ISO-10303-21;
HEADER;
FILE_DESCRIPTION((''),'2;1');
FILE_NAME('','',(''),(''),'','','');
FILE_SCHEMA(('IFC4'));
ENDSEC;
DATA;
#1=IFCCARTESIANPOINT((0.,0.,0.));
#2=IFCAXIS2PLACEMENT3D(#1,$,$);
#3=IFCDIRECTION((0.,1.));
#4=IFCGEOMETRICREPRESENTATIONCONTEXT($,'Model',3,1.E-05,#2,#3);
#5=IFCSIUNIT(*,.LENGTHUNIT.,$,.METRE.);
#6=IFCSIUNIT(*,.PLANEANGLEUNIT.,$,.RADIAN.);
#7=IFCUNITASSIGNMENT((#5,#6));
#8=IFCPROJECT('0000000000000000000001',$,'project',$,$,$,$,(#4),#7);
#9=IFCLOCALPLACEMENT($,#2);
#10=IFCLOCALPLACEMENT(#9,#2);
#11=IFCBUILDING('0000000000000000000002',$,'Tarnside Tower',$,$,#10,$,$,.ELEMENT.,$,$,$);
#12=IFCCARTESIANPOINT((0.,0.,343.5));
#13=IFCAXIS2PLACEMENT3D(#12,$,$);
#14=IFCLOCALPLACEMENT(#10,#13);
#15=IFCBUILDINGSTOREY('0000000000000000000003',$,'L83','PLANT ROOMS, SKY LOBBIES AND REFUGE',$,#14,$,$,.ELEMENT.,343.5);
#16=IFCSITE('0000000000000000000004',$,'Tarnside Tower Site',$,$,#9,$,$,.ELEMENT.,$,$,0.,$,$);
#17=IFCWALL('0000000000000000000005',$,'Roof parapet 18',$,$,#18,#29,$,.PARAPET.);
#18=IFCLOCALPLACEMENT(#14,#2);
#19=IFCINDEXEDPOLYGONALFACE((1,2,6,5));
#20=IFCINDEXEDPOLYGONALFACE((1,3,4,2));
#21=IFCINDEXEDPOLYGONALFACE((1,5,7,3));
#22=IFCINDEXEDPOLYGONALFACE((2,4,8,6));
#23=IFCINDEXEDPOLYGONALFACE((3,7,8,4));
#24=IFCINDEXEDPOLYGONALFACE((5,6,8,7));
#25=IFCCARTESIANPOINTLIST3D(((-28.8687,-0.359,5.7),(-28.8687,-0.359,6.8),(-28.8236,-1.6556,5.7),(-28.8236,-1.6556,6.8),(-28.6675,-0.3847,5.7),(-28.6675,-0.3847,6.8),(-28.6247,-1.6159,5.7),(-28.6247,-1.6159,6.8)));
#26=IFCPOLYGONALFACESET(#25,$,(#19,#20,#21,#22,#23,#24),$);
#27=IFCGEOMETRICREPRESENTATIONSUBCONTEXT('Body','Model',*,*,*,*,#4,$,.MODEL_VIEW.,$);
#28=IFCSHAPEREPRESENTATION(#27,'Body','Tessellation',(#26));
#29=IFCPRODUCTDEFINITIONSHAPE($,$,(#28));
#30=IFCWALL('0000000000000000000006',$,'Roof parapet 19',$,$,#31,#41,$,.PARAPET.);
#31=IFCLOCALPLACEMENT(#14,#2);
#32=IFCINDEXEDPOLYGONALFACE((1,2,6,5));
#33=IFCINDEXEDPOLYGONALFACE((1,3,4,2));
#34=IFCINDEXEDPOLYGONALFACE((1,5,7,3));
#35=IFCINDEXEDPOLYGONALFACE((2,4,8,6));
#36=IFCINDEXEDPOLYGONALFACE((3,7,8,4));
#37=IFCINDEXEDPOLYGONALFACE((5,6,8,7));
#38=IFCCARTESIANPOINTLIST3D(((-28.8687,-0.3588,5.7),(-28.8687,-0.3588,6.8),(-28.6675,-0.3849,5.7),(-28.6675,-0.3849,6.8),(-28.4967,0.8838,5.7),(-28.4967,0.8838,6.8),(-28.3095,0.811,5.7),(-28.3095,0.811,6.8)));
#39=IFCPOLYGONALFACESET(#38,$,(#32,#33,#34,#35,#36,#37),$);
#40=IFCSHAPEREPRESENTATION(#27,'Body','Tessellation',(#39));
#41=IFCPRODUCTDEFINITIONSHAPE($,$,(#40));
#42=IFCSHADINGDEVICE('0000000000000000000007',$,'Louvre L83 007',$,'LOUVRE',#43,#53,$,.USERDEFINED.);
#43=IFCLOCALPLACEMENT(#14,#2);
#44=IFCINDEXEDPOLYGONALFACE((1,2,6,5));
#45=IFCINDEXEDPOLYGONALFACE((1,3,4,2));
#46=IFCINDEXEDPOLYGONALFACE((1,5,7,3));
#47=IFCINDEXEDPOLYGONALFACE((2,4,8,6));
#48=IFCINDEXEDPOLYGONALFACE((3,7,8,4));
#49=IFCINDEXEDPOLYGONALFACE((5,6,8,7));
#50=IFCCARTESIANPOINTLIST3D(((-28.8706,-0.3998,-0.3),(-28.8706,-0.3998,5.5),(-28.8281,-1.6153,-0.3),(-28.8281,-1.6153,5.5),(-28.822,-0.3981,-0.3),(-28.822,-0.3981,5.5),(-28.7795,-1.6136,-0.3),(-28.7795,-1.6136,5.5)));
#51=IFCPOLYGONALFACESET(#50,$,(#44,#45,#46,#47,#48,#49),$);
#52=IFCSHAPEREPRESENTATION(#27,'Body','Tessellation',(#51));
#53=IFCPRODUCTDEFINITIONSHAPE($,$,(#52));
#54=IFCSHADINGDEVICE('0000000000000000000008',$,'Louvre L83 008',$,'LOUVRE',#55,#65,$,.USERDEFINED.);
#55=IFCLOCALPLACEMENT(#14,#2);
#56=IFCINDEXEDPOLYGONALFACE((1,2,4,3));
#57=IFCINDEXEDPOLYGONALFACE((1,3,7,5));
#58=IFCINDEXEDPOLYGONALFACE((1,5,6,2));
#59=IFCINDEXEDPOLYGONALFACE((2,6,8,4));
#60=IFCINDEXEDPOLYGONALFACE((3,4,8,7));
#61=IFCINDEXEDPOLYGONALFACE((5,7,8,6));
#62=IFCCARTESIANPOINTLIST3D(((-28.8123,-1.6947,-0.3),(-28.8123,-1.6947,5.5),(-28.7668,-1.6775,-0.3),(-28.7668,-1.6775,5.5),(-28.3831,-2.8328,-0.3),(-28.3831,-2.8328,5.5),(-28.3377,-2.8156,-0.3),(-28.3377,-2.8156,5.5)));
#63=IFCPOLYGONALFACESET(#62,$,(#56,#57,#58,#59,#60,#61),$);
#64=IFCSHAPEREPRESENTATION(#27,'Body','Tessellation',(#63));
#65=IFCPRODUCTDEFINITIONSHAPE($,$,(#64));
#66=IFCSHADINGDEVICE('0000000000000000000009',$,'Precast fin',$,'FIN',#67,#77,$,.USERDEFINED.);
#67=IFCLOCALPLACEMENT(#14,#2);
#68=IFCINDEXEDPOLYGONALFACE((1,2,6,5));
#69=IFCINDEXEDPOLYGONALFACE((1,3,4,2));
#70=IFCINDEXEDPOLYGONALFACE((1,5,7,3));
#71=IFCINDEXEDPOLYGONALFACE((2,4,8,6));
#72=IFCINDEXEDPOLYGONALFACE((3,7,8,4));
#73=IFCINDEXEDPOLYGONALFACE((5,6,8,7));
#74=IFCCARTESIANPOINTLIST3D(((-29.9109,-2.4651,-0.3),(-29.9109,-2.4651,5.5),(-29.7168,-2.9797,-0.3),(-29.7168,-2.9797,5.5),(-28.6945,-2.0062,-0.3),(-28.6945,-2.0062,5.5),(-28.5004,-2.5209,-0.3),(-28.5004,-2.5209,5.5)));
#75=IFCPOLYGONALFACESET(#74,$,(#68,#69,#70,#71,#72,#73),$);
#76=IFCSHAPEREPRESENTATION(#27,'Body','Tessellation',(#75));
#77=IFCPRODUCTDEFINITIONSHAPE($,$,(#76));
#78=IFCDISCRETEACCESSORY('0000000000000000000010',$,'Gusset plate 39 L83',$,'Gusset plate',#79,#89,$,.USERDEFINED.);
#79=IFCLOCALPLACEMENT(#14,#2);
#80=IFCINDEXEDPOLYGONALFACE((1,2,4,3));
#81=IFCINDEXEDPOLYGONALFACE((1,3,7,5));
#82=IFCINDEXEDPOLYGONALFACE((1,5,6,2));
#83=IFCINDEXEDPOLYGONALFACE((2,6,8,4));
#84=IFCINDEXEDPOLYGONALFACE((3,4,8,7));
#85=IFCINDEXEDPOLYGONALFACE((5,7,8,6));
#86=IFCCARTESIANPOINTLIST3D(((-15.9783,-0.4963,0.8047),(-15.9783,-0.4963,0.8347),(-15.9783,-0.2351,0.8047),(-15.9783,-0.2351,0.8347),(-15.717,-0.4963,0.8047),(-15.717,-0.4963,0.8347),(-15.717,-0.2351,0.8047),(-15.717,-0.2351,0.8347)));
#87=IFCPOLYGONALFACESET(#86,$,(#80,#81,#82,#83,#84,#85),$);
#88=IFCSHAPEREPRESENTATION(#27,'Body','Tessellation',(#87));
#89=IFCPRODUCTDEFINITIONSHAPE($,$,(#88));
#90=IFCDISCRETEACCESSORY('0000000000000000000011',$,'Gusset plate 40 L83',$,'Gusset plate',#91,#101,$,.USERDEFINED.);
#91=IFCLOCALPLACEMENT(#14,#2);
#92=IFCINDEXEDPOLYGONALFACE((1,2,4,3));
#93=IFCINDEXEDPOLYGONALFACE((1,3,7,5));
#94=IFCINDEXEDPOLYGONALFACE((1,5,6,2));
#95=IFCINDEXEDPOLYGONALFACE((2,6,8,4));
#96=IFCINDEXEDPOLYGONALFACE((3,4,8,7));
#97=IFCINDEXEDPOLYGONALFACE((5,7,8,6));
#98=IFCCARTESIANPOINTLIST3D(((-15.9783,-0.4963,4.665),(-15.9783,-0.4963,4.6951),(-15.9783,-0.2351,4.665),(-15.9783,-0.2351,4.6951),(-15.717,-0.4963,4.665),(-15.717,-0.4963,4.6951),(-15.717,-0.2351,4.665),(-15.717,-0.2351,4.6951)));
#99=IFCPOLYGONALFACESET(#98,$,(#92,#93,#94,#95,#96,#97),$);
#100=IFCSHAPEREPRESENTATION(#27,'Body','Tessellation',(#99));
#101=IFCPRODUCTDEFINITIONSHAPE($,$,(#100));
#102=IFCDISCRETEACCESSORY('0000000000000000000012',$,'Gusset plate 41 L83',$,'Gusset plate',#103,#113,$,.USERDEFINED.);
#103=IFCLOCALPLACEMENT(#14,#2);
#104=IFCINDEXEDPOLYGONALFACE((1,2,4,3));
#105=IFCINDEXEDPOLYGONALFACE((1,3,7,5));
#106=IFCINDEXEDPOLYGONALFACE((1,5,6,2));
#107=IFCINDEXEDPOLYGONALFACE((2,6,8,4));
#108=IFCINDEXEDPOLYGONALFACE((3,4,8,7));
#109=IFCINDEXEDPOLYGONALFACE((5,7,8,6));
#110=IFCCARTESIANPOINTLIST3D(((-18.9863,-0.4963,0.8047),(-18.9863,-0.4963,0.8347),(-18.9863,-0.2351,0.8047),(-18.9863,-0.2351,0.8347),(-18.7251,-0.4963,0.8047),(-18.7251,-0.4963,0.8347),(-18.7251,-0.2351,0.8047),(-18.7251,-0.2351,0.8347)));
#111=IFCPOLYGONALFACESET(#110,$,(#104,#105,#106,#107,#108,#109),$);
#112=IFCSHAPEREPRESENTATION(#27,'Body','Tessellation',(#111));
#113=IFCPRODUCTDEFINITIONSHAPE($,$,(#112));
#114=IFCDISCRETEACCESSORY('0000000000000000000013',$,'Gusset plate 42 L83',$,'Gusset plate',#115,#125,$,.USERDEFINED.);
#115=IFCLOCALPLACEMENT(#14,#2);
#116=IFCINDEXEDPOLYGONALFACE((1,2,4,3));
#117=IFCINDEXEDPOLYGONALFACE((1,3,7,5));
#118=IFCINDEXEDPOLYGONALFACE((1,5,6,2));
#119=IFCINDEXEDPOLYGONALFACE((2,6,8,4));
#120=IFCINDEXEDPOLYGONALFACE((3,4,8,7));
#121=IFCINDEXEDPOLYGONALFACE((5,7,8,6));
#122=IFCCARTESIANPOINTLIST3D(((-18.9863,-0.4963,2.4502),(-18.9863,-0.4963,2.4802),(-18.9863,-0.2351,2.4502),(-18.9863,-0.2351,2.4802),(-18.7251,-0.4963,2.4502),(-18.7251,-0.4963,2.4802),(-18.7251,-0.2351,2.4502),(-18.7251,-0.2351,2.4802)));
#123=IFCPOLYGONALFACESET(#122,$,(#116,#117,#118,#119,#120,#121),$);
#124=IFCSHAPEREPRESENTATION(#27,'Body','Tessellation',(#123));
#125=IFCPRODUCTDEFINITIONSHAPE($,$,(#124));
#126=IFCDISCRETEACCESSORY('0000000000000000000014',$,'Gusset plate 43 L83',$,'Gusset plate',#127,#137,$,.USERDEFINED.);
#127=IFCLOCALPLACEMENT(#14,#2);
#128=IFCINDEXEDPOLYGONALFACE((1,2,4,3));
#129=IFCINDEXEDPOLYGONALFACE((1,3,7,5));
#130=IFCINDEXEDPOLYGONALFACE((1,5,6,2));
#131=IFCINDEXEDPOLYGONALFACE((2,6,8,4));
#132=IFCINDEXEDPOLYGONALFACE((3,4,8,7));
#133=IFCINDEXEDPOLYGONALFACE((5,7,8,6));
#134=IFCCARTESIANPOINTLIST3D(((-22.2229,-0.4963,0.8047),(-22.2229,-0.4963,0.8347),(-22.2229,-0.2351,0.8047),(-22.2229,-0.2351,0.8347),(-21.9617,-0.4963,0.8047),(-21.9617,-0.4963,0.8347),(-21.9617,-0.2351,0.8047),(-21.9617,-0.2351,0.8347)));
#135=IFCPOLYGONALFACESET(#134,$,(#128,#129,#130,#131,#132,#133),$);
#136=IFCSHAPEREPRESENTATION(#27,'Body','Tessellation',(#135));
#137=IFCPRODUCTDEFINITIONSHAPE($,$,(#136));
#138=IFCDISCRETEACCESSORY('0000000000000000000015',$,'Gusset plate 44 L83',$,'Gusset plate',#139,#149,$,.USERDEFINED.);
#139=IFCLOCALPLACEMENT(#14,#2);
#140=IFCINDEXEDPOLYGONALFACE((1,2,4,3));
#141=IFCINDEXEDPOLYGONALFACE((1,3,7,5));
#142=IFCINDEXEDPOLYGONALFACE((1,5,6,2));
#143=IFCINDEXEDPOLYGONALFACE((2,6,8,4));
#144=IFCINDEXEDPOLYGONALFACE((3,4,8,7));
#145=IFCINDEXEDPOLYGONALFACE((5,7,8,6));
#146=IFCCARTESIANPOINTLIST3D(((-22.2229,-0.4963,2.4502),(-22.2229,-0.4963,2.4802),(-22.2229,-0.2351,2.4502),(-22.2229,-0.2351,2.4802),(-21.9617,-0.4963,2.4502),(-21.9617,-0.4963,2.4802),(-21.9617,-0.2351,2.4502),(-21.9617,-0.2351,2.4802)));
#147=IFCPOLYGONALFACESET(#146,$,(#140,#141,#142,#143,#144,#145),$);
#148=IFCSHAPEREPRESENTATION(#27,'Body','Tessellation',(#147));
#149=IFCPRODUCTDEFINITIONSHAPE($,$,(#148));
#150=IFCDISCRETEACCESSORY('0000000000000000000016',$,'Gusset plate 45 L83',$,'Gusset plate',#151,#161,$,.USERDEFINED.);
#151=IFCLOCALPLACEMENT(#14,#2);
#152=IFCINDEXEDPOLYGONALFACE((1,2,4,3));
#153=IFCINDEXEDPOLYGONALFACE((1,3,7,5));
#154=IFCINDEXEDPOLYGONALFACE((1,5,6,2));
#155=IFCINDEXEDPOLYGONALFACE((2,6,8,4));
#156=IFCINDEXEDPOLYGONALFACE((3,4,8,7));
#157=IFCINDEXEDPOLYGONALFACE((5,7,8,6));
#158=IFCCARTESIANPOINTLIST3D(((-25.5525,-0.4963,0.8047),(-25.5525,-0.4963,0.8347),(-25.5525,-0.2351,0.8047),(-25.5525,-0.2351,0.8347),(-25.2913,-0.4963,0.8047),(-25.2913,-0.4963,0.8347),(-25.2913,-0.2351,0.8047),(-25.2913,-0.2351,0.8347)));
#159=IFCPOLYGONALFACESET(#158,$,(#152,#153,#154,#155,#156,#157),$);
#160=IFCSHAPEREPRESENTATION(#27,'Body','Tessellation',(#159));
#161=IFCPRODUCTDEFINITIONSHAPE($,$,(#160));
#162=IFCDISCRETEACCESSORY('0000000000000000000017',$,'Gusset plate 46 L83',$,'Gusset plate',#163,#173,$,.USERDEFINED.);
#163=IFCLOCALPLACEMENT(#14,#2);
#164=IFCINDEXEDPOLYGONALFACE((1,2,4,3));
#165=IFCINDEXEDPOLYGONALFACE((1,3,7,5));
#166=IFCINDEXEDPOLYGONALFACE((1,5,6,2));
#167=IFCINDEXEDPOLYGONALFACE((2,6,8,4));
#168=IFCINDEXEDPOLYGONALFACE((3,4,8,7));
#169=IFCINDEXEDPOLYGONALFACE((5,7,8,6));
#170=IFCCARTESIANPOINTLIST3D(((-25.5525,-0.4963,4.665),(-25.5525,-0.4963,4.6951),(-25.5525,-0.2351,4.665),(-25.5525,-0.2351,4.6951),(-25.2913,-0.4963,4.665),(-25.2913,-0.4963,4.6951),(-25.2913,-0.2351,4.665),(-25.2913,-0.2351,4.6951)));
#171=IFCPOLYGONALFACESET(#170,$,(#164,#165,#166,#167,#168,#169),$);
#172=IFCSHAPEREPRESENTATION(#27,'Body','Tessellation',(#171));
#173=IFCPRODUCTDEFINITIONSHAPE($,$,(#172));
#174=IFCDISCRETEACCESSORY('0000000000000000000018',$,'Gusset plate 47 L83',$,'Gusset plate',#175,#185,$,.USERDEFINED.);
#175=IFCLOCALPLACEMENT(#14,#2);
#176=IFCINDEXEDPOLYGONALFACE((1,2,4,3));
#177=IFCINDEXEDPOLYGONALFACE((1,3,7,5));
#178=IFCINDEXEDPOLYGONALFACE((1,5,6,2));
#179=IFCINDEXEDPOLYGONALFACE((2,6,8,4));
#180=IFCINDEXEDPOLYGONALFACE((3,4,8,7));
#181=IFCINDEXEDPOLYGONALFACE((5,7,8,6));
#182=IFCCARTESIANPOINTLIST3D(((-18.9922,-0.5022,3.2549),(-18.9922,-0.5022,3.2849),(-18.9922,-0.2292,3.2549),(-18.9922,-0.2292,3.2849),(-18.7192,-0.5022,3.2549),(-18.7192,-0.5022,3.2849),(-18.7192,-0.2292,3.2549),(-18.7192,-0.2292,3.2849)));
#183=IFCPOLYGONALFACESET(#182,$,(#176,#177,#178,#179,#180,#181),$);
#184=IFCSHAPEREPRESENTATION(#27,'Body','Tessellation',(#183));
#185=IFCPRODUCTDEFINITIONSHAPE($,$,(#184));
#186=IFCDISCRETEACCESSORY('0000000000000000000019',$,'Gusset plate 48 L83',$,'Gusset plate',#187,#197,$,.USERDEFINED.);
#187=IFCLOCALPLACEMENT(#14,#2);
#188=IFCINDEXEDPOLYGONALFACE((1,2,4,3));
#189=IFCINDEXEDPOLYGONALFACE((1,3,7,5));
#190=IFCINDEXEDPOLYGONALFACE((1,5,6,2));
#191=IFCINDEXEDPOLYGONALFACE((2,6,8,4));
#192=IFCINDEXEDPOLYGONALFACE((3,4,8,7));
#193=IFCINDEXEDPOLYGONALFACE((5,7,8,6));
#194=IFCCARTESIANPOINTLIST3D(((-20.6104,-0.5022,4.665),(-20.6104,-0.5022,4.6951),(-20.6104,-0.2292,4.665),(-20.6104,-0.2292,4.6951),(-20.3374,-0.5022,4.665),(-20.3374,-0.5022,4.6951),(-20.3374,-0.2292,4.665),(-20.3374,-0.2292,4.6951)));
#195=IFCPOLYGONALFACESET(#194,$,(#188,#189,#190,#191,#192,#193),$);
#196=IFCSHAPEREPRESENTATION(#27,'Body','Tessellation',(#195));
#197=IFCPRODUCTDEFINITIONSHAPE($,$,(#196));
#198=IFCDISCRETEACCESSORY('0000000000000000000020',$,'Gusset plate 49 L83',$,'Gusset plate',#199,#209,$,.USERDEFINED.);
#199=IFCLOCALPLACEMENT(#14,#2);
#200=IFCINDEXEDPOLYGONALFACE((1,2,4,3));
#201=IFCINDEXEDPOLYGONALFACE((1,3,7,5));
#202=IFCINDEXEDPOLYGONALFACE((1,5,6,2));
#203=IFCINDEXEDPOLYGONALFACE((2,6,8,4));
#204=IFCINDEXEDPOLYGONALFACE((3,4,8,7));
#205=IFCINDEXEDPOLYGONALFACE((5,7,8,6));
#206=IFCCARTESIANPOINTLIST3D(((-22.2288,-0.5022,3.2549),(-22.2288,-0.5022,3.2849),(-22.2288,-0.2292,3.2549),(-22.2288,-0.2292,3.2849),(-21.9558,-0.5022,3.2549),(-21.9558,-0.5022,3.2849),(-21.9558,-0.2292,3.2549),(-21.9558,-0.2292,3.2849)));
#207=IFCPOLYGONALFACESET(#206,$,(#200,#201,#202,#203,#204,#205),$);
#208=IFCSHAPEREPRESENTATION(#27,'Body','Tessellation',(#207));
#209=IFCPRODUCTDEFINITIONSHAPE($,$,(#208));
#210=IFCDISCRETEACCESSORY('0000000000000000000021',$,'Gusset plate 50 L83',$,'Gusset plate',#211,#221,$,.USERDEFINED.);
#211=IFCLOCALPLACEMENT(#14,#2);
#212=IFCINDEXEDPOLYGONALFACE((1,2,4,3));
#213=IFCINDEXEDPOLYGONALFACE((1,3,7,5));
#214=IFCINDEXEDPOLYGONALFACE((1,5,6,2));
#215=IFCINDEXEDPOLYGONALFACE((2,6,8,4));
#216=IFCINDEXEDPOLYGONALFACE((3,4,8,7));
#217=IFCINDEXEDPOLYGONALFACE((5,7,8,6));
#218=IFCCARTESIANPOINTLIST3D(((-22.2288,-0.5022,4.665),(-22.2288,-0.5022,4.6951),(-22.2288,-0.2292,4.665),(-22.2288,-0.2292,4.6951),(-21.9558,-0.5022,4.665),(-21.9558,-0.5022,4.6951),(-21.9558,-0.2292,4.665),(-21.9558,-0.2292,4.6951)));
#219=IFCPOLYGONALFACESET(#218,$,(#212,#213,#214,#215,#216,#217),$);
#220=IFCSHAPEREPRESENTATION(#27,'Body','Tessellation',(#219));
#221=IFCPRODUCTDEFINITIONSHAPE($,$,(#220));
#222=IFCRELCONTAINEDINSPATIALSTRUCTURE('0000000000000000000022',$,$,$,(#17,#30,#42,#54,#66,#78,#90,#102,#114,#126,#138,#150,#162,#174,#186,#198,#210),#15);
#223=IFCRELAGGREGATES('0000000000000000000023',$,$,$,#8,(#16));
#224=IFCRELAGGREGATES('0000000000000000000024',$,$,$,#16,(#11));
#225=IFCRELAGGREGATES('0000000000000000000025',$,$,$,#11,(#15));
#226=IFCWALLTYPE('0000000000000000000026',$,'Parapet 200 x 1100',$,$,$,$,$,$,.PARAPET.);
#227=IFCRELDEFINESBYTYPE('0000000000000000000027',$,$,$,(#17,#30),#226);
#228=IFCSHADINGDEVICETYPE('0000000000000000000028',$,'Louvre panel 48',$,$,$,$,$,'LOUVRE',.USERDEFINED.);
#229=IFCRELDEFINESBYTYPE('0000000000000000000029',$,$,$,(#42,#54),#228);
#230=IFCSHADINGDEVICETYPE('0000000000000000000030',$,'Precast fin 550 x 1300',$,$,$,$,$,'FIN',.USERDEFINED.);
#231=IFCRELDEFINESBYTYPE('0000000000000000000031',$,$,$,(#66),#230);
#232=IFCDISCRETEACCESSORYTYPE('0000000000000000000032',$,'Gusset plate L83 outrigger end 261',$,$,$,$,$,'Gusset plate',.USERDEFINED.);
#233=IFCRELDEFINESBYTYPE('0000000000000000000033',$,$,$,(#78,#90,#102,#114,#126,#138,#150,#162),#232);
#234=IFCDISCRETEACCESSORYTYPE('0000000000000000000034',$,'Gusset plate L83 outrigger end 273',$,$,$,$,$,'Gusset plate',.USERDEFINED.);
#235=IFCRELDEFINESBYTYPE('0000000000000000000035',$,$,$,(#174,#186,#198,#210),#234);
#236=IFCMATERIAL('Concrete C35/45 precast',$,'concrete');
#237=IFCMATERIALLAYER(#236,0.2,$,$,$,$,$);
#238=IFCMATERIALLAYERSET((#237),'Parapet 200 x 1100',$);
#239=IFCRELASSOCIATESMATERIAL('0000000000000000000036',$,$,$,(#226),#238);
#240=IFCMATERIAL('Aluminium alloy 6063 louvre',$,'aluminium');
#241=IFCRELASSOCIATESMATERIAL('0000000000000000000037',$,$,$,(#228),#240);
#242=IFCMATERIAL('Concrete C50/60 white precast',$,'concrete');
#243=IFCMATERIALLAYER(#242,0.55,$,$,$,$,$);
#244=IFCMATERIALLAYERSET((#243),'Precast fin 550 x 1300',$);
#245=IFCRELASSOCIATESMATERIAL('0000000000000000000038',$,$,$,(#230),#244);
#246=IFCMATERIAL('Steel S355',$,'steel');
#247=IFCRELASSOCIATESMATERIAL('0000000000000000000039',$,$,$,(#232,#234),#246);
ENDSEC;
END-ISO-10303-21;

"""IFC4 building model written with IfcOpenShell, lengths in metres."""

from ifc_helpers import new_model, si_unit, direction, frame, origin, origin_2d, place, context, subcontext, project, spatial, polyline, rectangle, outline, extrude, material, layer, layer_set, type_object, element, save


model = new_model("IFC4")

# Units and contexts
model_context = context("Model", 3, precision=1e-05, world=origin(), true_north=direction((0.0, 1.0)))
body_context = subcontext(model_context, "Body", "Model", "MODEL_VIEW")
ifc_project = project(units=[si_unit("LENGTHUNIT", "METRE"), si_unit("PLANEANGLEUNIT", "RADIAN")], contexts=[model_context])

# Site, building, storey
site_placement = place(None, origin())
site = spatial("IfcSite", under=ifc_project, at=site_placement, Name="Tarnside Tower Site", CompositionType="ELEMENT", RefElevation=0.0)
building_placement = place(site_placement, origin())
building = spatial("IfcBuilding", under=site, at=building_placement, Name="Tarnside Tower", CompositionType="ELEMENT")
storey_placement = place(building_placement, frame((0.0, 0.0, 343.5)))
storey = spatial("IfcBuildingStorey", under=building, at=storey_placement, Name="L83", Description="PLANT ROOMS, SKY LOBBIES AND REFUGE", CompositionType="ELEMENT", Elevation=343.5)

# Shared definitions
ifc_material_1 = material(Name="Steel S355", Category="steel")

# Walls
ifc_material_2 = material(Name="Concrete C35/45 precast", Category="concrete")
ifc_layer_1 = layer(ifc_material_2, 0.2)
ifc_layer_set_1 = layer_set([ifc_layer_1], Name="Parapet 200 x 1100")
wall_type = type_object("IfcWallType", Name="Parapet 200 x 1100", PredefinedType="PARAPET", material=ifc_layer_set_1)
wall_1_placement = place(storey_placement, frame((-28.7241, -1.6357, 5.7), z_axis=(0.0, 0.0, 1.0), x_axis=(-0.034748, 0.999396, 0.0)))
element("IfcWall", 1, at=wall_1_placement, inside=storey, type_object=wall_type, Name="Roof parapet 18", PredefinedType="PARAPET", context=body_context, shape_type="SweptSolid", body=[
    extrude(outline(polyline([(0.0164, -0.1001), (1.2483, -0.1001), (1.281, 0.1001), (-0.0164, 0.1001), (0.0164, -0.1001)])), origin(), (0.0, 0.0, 1.0), 1.1001),
])
wall_2_placement = place(storey_placement, frame((-28.7681, -0.3718, 5.7), z_axis=(0.0, 0.0, 1.0), x_axis=(0.286785, 0.957995, 0.0)))
element("IfcWall", 2, at=wall_2_placement, inside=storey, type_object=wall_type, Name="Roof parapet 19", PredefinedType="PARAPET", context=body_context, shape_type="SweptSolid", body=[
    extrude(outline(polyline([(0.0164, -0.1001), (1.2646, -0.1001), (1.2808, 0.1001), (-0.0164, 0.1001), (0.0164, -0.1001)])), origin(), (0.0, 0.0, 1.0), 1.1001),
])

# Shading devices
ifc_material_3 = material(Name="Aluminium alloy 6063 louvre", Category="aluminium")
shading_device_type_1 = type_object("IfcShadingDeviceType", Name="Louvre panel 48", ElementType="LOUVRE", PredefinedType="USERDEFINED", material=ifc_material_3)
for number, where, z_axis, x_axis, name in (
    (3, (-28.8008, -1.0059, -0.3), (-0.034941, 0.999389, 0.0), (-0.999389, -0.034941, 0.0), "Louvre L83 007"),
    (4, (-28.5522, -2.2466, -0.3), (-0.352862, 0.935675, 0.0), (-0.935675, -0.352862, 0.0), "Louvre L83 008"),
):
    element("IfcShadingDevice", number, at=place(storey_placement, frame(where, z_axis=z_axis, x_axis=x_axis)), inside=storey, type_object=shading_device_type_1, Name=name, ObjectType="LOUVRE", PredefinedType="USERDEFINED", context=body_context, shape_type="SweptSolid", body=[
        extrude(outline(polyline([(0.0, 0.0), (0.0486, 0.0), (0.0486, 5.8), (0.0, 5.8), (0.0, 0.0)])), frame((0.0, 0.0, -0.6082)), (0.0, 0.0, 1.0), 1.2163),
    ])
ifc_material_4 = material(Name="Concrete C50/60 white precast", Category="concrete")
ifc_layer_2 = layer(ifc_material_4, 0.55)
ifc_layer_set_2 = layer_set([ifc_layer_2], Name="Precast fin 550 x 1300")
shading_device_type_2 = type_object("IfcShadingDeviceType", Name="Precast fin 550 x 1300", ElementType="FIN", PredefinedType="USERDEFINED", material=ifc_layer_set_2)
shading_device_placement = place(storey_placement, frame((-28.5974, -2.2637, -0.3), z_axis=(-0.352931, 0.93565, 0.0), x_axis=(-0.93565, -0.352931, 0.0)))
element("IfcShadingDevice", 5, at=shading_device_placement, inside=storey, type_object=shading_device_type_2, Name="Precast fin", ObjectType="FIN", PredefinedType="USERDEFINED", context=body_context, shape_type="SweptSolid", body=[
    extrude(outline(polyline([(0.0, 0.0), (1.3, 0.0), (1.3, 5.8), (0.0, 5.8), (0.0, 0.0)])), frame((0.0, 0.0, -0.2749)), (0.0, 0.0, 1.0), 0.55),
])

# Discrete accessories
discrete_accessory_type_1 = type_object("IfcDiscreteAccessoryType", Name="Gusset plate L83 outrigger end 261", ElementType="Gusset plate", PredefinedType="USERDEFINED", material=ifc_material_1)
for number, where, z_axis, x_axis, name in (
    (6, (-15.8477, -0.3657, 0.8047), (0.0, 0.0, 1.0), (1.0, 0.0, 0.0), "Gusset plate 39 L83"),
    (7, (-15.8477, -0.3657, 4.665), (0.0, 0.0, 1.0), (1.0, 0.0, 0.0), "Gusset plate 40 L83"),
    (8, (-18.8557, -0.3657, 0.8047), (0.0, 0.0, 1.0), (1.0, 0.0, 0.0), "Gusset plate 41 L83"),
    (9, (-18.8557, -0.3657, 2.4502), (0.0, 0.0, 1.0), (1.0, 0.0, 0.0), "Gusset plate 42 L83"),
    (10, (-22.0923, -0.3657, 0.8047), (0.0, 0.0, 1.0), (1.0, 0.0, 0.0), "Gusset plate 43 L83"),
    (11, (-22.0923, -0.3657, 2.4502), (0.0, 0.0, 1.0), (1.0, 0.0, 0.0), "Gusset plate 44 L83"),
    (12, (-25.4219, -0.3657, 0.8047), (0.0, 0.0, 1.0), (1.0, 0.0, 0.0), "Gusset plate 45 L83"),
    (13, (-25.4219, -0.3657, 4.665), (0.0, 0.0, 1.0), (1.0, 0.0, 0.0), "Gusset plate 46 L83"),
):
    element("IfcDiscreteAccessory", number, at=place(storey_placement, frame(where, z_axis=z_axis, x_axis=x_axis)), inside=storey, type_object=discrete_accessory_type_1, Name=name, ObjectType="Gusset plate", PredefinedType="USERDEFINED", context=body_context, shape_type="SweptSolid", body=[
        extrude(rectangle(XDim=0.2612, YDim=0.2612, at=origin_2d()), origin(), (0.0, 0.0, 1.0), 0.03),
    ])
discrete_accessory_type_2 = type_object("IfcDiscreteAccessoryType", Name="Gusset plate L83 outrigger end 273", ElementType="Gusset plate", PredefinedType="USERDEFINED", material=ifc_material_1)
for number, where, z_axis, x_axis, name in (
    (14, (-18.8557, -0.3657, 3.2549), (0.0, 0.0, 1.0), (1.0, 0.0, 0.0), "Gusset plate 47 L83"),
    (15, (-20.4739, -0.3657, 4.665), (0.0, 0.0, 1.0), (1.0, 0.0, 0.0), "Gusset plate 48 L83"),
    (16, (-22.0923, -0.3657, 3.2549), (0.0, 0.0, 1.0), (1.0, 0.0, 0.0), "Gusset plate 49 L83"),
    (17, (-22.0923, -0.3657, 4.665), (0.0, 0.0, 1.0), (1.0, 0.0, 0.0), "Gusset plate 50 L83"),
):
    element("IfcDiscreteAccessory", number, at=place(storey_placement, frame(where, z_axis=z_axis, x_axis=x_axis)), inside=storey, type_object=discrete_accessory_type_2, Name=name, ObjectType="Gusset plate", PredefinedType="USERDEFINED", context=body_context, shape_type="SweptSolid", body=[
        extrude(rectangle(XDim=0.2729, YDim=0.2729, at=origin_2d()), origin(), (0.0, 0.0, 1.0), 0.03),
    ])

save(model, "model.ifc")
